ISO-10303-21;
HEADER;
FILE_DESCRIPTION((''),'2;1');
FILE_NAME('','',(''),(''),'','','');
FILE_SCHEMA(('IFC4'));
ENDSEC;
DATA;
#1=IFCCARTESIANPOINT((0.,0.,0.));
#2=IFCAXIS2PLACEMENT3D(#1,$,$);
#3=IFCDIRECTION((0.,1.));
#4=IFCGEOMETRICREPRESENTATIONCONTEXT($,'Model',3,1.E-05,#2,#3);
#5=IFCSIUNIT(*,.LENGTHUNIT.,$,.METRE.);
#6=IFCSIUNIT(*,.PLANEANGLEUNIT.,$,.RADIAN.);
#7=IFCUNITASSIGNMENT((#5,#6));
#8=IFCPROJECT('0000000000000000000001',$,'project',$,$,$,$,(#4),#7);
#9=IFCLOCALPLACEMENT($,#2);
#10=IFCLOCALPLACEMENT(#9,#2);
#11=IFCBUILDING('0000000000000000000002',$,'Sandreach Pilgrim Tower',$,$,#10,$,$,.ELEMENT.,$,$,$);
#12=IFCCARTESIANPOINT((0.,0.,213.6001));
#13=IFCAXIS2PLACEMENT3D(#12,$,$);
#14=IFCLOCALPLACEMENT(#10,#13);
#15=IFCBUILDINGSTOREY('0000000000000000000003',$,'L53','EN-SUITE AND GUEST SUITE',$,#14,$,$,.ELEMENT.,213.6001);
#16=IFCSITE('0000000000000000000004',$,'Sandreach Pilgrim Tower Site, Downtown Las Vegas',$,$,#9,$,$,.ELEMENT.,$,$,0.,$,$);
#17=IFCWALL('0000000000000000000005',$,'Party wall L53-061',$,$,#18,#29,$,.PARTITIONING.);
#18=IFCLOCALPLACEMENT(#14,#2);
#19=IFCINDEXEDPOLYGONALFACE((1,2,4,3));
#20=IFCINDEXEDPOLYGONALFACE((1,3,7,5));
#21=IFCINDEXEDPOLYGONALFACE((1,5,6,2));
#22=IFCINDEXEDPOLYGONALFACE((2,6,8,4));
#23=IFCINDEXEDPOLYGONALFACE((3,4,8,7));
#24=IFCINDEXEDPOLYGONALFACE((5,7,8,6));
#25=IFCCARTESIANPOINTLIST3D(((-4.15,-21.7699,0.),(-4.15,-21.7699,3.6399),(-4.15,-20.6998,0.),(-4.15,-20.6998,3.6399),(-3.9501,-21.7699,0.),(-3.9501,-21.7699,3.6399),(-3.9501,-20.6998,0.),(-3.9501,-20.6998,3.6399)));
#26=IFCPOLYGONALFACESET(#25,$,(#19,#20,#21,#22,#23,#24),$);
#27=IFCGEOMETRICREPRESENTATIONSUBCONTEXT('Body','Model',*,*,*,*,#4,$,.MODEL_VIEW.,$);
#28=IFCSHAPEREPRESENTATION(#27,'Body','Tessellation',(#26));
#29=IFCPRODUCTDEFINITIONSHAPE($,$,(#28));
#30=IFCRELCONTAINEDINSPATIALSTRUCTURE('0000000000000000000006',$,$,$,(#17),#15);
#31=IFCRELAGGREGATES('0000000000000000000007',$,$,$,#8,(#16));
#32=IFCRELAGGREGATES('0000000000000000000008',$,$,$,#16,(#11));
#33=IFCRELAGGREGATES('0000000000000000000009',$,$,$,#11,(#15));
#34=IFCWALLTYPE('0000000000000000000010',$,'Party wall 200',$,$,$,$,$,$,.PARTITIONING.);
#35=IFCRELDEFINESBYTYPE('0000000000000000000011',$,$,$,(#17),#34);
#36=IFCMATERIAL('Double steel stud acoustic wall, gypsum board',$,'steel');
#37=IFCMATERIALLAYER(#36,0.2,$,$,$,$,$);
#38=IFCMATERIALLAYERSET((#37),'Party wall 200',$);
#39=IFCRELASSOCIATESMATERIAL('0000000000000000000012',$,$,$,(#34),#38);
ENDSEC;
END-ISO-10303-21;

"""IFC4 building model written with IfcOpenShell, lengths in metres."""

from ifc_helpers import new_model, si_unit, direction, frame, frame_2d, origin, place, context, subcontext, project, spatial, rectangle, extrude, material, layer, layer_set, type_object, element, save


model = new_model("IFC4")

# Units and contexts
model_context = context("Model", 3, precision=1e-05, world=origin(), true_north=direction((0.0, 1.0)))
body_context = subcontext(model_context, "Body", "Model", "MODEL_VIEW")
ifc_project = project(units=[si_unit("LENGTHUNIT", "METRE"), si_unit("PLANEANGLEUNIT", "RADIAN")], contexts=[model_context])

# Site, building, storey
site_placement = place(None, origin())
site = spatial("IfcSite", under=ifc_project, at=site_placement, Name="Sandreach Pilgrim Tower Site, Downtown Las Vegas", CompositionType="ELEMENT", RefElevation=0.0)
building_placement = place(site_placement, origin())
building = spatial("IfcBuilding", under=site, at=building_placement, Name="Sandreach Pilgrim Tower", CompositionType="ELEMENT")
storey_placement = place(building_placement, frame((0.0, 0.0, 213.6001)))
storey = spatial("IfcBuildingStorey", under=building, at=storey_placement, Name="L53", Description="EN-SUITE AND GUEST SUITE", CompositionType="ELEMENT", Elevation=213.6001)

# Wall
ifc_material_1 = material(Name="Double steel stud acoustic wall, gypsum board", Category="steel")
ifc_layer_1 = layer(ifc_material_1, 0.2)
ifc_layer_set_1 = layer_set([ifc_layer_1], Name="Party wall 200")
wall_type_1 = type_object("IfcWallType", Name="Party wall 200", PredefinedType="PARTITIONING", material=ifc_layer_set_1)
wall_1_placement = place(storey_placement, frame((-4.05, -21.77, 0.0), z_axis=(0.0, 0.0, 1.0), x_axis=(0.0, 1.0, 0.0)))
element("IfcWall", 1, at=wall_1_placement, inside=storey, type_object=wall_type_1, Name="Party wall L53-061", PredefinedType="PARTITIONING", context=body_context, shape_type="SweptSolid", body=[
    extrude(rectangle(XDim=1.0701, YDim=0.2, at=frame_2d((0.5352, 0.0))), origin(), (0.0, 0.0, 1.0), 3.6399),
])

save(model, "model.ifc")
